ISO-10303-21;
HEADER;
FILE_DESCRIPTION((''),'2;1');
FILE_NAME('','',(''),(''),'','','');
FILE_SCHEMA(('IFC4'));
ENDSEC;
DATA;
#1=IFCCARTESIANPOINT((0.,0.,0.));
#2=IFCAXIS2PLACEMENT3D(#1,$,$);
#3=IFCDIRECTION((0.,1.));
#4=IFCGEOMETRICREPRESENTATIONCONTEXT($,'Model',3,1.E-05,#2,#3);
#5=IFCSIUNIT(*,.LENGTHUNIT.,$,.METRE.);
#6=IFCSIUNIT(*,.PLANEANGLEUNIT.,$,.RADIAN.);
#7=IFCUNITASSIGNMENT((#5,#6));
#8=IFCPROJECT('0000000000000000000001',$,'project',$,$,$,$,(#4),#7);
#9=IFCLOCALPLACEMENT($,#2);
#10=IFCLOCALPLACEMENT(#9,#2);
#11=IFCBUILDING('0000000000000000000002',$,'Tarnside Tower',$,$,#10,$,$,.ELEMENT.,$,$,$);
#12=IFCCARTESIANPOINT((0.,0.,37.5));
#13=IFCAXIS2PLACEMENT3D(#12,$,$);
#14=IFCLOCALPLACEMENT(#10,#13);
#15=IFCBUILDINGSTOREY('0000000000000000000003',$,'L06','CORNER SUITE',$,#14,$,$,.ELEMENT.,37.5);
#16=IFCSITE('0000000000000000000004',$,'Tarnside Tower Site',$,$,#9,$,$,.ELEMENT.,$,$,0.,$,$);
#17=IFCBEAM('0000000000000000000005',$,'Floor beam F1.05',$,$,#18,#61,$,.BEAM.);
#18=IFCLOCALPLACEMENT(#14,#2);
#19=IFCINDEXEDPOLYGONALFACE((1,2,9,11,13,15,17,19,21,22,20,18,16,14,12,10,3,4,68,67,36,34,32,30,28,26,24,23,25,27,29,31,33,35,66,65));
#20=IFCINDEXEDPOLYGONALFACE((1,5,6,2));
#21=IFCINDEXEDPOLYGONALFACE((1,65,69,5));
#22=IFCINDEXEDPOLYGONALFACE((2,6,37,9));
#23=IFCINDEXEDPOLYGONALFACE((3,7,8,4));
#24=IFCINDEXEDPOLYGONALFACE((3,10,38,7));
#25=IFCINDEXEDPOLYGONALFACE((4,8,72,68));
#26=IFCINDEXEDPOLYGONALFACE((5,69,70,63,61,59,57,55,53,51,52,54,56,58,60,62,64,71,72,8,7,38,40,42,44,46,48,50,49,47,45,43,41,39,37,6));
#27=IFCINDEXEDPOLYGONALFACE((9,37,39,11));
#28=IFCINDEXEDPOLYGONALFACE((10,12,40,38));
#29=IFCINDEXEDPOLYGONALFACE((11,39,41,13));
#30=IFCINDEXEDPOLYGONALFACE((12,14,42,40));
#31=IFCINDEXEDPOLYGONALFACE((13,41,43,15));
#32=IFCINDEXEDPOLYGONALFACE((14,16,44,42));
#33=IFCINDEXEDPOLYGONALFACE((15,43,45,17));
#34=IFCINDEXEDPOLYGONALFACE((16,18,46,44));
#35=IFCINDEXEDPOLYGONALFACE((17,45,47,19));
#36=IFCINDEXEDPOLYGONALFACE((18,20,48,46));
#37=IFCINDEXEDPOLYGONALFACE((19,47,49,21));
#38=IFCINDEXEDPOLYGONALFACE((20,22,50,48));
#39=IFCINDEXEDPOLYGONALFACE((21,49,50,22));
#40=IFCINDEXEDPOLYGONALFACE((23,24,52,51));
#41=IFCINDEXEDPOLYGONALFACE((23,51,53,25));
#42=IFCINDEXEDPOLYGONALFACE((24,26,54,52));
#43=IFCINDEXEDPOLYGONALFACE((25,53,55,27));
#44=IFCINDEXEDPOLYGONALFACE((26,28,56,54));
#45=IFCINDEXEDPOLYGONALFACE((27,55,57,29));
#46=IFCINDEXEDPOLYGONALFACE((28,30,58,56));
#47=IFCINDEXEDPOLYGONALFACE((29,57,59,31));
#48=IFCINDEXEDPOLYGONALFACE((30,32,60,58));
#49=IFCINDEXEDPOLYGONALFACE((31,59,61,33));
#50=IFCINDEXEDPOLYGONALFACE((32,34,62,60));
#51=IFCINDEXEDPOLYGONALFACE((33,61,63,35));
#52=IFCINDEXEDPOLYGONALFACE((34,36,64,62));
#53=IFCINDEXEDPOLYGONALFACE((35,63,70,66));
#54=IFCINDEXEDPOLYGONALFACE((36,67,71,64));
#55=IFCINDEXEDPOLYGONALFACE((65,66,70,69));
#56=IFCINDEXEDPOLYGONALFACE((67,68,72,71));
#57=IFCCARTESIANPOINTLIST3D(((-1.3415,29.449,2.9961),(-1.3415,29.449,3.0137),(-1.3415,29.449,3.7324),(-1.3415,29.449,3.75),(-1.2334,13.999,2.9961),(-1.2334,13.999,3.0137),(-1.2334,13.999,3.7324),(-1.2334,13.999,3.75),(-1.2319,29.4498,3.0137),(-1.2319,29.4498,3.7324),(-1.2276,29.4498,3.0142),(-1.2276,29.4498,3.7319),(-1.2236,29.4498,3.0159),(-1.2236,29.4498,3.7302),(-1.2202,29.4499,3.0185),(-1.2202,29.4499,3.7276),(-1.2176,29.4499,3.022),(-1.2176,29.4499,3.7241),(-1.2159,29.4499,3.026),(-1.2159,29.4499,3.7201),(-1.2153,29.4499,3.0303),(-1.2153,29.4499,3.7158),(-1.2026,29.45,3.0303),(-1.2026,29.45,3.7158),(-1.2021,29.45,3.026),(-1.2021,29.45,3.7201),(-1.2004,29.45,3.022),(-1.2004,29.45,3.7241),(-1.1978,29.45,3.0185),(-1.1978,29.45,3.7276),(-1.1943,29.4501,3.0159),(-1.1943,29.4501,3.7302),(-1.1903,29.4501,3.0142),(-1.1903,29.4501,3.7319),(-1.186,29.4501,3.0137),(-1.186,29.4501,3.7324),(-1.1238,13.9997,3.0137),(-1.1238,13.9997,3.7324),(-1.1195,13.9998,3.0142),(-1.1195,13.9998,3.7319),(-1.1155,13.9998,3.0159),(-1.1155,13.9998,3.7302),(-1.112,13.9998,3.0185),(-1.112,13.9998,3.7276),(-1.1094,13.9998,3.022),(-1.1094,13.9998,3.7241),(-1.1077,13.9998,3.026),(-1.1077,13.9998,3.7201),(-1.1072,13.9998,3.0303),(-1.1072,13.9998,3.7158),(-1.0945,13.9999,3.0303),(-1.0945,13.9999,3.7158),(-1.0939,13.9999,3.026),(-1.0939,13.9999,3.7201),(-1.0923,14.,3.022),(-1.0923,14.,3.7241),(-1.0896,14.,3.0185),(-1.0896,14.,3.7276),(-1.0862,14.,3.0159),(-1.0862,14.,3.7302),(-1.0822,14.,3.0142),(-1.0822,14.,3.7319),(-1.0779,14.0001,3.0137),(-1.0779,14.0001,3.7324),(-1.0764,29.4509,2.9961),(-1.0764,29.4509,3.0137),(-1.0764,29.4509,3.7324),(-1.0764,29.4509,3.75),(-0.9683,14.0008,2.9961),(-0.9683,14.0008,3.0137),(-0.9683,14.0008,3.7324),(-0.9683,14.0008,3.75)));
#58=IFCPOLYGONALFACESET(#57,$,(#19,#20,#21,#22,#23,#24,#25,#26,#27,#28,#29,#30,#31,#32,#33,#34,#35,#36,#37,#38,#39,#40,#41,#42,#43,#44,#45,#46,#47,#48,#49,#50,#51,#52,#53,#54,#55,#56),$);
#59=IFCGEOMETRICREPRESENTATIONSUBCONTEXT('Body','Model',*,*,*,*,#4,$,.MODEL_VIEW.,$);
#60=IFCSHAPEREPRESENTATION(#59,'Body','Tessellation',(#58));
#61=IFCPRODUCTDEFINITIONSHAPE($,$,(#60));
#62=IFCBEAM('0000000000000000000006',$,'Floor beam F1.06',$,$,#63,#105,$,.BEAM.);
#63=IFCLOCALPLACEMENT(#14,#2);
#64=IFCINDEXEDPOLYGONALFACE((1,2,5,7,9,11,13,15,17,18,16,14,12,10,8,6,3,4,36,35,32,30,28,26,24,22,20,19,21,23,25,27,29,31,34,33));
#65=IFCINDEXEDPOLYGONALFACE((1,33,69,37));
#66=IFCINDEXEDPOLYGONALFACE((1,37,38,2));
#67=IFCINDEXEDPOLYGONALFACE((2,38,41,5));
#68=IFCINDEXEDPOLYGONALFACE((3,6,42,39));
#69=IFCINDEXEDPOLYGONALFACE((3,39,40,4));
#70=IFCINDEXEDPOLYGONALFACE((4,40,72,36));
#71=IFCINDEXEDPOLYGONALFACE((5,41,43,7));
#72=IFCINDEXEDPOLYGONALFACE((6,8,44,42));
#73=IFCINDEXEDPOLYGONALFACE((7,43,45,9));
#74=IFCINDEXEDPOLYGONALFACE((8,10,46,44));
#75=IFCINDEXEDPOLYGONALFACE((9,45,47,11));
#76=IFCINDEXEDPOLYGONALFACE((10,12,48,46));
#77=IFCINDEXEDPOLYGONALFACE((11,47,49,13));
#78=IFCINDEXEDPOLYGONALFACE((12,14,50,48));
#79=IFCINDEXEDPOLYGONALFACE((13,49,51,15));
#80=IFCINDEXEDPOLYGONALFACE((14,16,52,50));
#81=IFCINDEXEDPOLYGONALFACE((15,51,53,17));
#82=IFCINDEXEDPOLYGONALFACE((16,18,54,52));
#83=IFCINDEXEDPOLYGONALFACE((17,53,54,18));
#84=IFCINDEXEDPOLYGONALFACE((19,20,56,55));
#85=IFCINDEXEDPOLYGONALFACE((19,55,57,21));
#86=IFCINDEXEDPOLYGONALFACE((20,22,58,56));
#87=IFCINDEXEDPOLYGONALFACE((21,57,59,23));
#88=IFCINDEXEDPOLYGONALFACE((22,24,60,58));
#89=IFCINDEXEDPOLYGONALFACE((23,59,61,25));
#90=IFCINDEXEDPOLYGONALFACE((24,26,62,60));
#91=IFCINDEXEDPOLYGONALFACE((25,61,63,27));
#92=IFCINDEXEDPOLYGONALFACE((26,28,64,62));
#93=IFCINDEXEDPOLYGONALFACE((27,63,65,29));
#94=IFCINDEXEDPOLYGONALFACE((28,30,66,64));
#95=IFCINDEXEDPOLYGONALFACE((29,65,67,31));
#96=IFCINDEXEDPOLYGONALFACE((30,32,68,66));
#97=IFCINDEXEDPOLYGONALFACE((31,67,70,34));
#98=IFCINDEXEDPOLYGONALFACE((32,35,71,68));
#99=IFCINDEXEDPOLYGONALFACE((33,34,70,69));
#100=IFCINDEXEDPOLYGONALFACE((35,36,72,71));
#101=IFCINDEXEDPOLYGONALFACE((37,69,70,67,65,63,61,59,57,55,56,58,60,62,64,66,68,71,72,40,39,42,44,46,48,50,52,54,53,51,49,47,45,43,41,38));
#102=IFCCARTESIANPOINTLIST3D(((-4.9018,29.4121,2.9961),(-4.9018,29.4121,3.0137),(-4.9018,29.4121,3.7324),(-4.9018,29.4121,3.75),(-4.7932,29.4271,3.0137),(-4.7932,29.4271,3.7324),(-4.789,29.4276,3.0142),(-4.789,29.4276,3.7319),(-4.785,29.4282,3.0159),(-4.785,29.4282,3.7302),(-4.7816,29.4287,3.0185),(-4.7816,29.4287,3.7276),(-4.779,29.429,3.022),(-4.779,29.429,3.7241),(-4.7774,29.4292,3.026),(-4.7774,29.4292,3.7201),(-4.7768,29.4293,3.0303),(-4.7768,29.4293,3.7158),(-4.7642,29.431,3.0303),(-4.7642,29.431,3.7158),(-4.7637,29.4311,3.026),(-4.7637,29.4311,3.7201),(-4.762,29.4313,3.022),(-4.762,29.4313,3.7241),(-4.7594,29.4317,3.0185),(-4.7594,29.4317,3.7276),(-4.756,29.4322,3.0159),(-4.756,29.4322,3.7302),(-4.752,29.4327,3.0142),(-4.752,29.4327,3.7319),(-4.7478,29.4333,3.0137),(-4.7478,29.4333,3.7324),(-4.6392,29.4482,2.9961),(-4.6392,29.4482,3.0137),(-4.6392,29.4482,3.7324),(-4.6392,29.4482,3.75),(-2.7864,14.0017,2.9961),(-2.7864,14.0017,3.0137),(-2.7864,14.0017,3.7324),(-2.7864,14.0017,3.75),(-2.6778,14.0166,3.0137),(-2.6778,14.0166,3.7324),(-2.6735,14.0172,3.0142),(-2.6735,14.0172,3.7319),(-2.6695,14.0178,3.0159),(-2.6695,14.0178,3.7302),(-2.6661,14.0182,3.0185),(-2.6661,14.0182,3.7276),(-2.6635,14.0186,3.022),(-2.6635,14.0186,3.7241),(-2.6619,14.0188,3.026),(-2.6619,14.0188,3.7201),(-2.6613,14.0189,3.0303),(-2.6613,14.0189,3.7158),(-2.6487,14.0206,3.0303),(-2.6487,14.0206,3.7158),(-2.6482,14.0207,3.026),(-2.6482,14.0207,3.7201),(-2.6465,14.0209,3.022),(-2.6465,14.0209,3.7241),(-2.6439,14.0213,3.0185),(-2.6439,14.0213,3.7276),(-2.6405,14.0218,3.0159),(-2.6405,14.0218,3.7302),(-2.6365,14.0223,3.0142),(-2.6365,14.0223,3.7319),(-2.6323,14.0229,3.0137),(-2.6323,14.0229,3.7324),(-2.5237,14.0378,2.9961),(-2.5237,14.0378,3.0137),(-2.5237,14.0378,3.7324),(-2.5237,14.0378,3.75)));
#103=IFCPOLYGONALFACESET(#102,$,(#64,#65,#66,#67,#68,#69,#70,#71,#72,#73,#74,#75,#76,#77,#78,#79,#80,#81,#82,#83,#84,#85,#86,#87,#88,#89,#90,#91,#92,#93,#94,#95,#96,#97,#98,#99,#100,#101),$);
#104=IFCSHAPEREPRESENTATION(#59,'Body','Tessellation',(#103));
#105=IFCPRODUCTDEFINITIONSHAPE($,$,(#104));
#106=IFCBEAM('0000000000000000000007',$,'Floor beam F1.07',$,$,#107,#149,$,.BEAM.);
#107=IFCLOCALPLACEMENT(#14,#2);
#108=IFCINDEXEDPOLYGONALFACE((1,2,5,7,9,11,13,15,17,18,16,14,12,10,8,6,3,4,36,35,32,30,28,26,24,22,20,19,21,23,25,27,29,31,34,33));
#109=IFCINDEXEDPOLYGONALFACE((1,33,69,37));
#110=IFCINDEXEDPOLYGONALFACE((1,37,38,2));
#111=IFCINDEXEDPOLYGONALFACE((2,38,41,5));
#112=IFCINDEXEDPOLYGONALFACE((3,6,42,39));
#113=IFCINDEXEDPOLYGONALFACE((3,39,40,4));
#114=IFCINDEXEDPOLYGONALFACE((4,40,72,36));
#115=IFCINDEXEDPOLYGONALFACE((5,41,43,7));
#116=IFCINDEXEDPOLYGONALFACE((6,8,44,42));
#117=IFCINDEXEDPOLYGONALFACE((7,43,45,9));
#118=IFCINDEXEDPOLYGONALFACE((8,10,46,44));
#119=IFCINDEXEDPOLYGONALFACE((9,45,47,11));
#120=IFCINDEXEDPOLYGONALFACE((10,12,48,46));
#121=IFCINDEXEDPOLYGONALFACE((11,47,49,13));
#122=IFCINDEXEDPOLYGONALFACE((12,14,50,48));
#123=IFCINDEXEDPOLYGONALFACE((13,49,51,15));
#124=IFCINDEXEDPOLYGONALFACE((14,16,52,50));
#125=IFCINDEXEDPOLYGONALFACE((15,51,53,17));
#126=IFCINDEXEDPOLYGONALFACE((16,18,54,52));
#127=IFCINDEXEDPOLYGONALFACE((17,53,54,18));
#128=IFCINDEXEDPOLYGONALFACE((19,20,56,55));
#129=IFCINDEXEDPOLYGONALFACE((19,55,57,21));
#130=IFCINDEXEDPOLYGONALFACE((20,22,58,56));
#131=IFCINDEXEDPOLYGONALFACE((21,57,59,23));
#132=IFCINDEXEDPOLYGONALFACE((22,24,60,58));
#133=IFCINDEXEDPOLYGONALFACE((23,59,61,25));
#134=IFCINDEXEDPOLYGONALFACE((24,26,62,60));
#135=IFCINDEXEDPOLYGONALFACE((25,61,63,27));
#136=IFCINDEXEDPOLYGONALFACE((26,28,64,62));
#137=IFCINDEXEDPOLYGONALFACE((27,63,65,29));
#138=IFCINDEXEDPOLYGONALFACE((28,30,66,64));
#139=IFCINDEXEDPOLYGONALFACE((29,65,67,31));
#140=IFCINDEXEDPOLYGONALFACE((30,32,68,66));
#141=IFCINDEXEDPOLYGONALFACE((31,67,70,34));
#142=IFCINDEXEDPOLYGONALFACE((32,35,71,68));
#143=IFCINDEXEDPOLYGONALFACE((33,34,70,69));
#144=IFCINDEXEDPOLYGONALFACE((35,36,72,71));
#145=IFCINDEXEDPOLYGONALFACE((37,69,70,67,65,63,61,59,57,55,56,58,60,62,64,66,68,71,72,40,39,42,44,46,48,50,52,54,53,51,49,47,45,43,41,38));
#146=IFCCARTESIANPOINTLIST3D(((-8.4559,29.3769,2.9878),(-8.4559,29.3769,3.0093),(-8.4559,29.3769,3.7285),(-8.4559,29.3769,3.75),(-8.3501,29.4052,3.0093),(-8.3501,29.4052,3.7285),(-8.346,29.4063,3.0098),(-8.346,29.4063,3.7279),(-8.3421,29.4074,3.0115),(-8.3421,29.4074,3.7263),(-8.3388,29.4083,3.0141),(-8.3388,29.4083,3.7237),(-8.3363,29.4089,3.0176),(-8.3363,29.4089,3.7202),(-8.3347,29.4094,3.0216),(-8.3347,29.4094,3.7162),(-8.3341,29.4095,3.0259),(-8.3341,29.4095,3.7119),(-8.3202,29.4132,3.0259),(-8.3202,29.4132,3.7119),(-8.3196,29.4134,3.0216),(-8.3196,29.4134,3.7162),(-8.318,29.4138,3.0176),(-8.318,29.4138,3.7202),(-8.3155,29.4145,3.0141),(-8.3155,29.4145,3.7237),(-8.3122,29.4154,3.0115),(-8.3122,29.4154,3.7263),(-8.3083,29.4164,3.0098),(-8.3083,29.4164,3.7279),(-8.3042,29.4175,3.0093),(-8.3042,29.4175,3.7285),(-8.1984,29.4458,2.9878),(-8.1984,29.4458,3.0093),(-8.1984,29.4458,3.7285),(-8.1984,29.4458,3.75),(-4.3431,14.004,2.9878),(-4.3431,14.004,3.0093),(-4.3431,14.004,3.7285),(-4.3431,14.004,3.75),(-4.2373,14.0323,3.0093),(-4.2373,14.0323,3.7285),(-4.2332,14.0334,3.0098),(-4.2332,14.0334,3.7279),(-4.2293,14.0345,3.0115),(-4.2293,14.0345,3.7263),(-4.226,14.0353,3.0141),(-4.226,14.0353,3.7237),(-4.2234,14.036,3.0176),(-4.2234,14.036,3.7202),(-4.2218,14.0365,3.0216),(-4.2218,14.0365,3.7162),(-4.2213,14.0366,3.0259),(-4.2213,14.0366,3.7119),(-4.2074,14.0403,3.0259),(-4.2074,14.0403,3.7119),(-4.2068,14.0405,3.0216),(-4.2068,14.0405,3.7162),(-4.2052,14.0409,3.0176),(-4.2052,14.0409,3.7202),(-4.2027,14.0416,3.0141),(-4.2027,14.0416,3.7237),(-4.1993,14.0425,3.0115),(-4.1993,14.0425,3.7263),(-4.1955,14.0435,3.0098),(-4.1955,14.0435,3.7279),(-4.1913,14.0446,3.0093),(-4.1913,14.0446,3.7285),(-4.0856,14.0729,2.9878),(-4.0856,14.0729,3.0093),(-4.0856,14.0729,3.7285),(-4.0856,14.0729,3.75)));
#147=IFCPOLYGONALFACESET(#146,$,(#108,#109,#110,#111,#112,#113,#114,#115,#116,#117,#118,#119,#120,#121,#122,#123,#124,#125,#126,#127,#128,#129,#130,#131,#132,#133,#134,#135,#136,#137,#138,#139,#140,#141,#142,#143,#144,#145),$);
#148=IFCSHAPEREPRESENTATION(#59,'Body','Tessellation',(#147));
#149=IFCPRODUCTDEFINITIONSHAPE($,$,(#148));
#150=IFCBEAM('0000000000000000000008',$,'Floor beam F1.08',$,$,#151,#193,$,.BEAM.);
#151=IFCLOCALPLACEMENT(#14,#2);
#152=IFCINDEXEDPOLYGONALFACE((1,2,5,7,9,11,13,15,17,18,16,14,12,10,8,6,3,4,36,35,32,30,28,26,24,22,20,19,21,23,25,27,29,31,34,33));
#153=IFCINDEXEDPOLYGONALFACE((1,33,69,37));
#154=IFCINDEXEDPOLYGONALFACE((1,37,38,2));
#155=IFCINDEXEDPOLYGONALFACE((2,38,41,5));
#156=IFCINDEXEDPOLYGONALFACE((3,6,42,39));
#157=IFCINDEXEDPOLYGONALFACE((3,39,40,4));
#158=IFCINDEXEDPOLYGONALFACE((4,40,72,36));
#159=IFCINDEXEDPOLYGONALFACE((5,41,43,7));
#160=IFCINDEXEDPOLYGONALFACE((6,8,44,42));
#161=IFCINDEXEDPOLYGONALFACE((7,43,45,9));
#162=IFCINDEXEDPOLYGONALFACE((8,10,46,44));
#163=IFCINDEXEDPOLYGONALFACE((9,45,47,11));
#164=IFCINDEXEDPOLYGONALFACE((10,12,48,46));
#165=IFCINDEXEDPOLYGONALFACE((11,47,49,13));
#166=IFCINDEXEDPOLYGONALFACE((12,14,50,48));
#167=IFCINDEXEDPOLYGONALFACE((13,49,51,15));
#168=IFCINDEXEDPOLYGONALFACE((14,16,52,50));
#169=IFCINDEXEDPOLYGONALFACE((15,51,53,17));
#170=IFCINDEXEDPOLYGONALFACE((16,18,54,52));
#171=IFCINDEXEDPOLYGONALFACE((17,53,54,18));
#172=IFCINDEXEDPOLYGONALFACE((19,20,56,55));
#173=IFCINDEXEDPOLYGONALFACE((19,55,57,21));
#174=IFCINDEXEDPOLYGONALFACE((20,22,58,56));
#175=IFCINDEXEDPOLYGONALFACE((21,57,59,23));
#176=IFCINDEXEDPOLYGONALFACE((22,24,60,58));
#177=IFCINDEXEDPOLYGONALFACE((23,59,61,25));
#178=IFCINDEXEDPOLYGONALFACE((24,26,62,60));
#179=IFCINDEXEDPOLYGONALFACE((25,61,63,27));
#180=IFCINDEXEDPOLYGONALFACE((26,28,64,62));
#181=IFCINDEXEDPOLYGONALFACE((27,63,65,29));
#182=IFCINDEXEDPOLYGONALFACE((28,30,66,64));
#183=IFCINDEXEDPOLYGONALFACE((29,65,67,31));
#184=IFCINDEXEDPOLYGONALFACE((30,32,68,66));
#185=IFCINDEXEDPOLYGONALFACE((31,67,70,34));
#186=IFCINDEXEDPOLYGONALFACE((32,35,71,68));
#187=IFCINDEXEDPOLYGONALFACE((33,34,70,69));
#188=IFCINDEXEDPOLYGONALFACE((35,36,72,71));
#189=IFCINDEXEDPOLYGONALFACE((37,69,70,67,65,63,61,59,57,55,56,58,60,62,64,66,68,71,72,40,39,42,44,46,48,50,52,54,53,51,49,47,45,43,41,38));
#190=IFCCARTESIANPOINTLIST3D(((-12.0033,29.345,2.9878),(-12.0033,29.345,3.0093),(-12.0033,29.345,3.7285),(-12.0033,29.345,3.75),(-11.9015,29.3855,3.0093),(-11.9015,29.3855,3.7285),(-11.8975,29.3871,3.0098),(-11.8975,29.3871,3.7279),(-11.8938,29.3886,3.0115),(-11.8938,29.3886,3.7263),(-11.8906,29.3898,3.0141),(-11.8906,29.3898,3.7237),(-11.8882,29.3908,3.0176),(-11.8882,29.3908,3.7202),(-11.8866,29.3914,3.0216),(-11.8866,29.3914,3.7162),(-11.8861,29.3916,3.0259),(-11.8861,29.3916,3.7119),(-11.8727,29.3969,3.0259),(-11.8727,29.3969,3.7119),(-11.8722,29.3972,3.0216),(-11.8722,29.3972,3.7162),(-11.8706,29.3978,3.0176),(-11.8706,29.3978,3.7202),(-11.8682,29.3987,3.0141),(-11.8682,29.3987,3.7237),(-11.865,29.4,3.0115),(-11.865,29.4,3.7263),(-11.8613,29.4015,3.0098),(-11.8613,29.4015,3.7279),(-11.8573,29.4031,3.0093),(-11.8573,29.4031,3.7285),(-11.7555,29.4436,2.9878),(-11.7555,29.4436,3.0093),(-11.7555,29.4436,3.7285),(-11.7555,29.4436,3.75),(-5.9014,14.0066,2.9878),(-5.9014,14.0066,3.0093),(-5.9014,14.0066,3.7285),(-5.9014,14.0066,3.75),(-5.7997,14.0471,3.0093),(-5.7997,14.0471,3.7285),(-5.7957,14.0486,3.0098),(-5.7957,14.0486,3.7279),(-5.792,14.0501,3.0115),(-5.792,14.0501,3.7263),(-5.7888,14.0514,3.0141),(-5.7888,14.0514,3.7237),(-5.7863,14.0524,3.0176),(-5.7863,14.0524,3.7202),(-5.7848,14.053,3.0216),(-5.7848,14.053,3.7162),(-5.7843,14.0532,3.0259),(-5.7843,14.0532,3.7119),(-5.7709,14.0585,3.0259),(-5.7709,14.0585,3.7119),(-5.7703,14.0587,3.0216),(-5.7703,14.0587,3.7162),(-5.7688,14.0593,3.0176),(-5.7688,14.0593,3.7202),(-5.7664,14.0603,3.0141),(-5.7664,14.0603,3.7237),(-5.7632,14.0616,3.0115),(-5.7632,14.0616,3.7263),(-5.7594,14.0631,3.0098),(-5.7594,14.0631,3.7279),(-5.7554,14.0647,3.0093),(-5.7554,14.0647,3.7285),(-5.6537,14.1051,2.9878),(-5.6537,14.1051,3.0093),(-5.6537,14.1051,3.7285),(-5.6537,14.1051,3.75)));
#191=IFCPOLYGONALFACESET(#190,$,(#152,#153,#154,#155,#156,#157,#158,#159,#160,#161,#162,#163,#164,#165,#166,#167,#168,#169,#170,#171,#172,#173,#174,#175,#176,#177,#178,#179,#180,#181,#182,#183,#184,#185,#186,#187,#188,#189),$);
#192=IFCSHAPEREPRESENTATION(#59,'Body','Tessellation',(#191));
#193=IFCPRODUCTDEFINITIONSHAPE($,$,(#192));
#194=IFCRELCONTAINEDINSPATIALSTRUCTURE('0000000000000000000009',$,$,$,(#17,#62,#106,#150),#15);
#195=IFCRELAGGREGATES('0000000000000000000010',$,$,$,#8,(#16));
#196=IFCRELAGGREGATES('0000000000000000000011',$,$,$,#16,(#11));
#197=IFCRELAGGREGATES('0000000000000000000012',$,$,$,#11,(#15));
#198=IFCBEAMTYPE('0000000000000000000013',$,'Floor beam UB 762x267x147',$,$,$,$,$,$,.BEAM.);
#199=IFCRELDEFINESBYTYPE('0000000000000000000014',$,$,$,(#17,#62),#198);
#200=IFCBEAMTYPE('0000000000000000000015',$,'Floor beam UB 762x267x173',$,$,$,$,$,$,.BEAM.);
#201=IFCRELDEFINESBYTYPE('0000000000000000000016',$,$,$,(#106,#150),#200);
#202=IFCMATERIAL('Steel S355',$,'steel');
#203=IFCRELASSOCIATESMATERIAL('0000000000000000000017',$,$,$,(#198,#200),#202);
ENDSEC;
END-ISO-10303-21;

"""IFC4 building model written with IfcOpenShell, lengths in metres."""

from ifc_helpers import new_model, si_unit, direction, frame, origin, origin_2d, place, context, subcontext, project, spatial, i_section, extrude, material, material_profile, profile_set, type_object, element, save


model = new_model("IFC4")

# Units and contexts
model_context = context("Model", 3, precision=1e-05, world=origin(), true_north=direction((0.0, 1.0)))
body_context = subcontext(model_context, "Body", "Model", "MODEL_VIEW")
ifc_project = project(units=[si_unit("LENGTHUNIT", "METRE"), si_unit("PLANEANGLEUNIT", "RADIAN")], contexts=[model_context])

# Site, building, storey
site_placement = place(None, origin())
site = spatial("IfcSite", under=ifc_project, at=site_placement, Name="Tarnside Tower Site", CompositionType="ELEMENT", RefElevation=0.0)
building_placement = place(site_placement, origin())
building = spatial("IfcBuilding", under=site, at=building_placement, Name="Tarnside Tower", CompositionType="ELEMENT")
storey_placement = place(building_placement, frame((0.0, 0.0, 37.5)))
storey = spatial("IfcBuildingStorey", under=building, at=storey_placement, Name="L06", Description="CORNER SUITE", CompositionType="ELEMENT", Elevation=37.5)

# Beams
ifc_material_1 = material(Name="Steel S355", Category="steel")
ifc_material_profile_1 = material_profile(ifc_material_1, i_section(OverallWidth=0.2651, OverallDepth=0.7539, WebThickness=0.0127, FlangeThickness=0.0176, FilletRadius=0.0166, at=origin_2d()), Name="UB 762x267x147")
ifc_profile_set_1 = profile_set([ifc_material_profile_1], Name="Steel S355")
beam_type_1 = type_object("IfcBeamType", Name="Floor beam UB 762x267x147", PredefinedType="BEAM", material=ifc_profile_set_1)
beam_1_placement = place(storey_placement, frame((-1.209, 29.45, 3.373), z_axis=(0.007, -0.999975, 0.0), x_axis=(0.999975, 0.007, 0.0)))
element("IfcBeam", 1, at=beam_1_placement, inside=storey, type_object=beam_type_1, Name="Floor beam F1.05", PredefinedType="BEAM", context=body_context, shape_type="SweptSolid", body=[
    extrude(i_section(OverallWidth=0.2651, OverallDepth=0.7539, WebThickness=0.0127, FlangeThickness=0.0176, FilletRadius=0.0166, at=origin_2d()), origin(), (0.0, 0.0, 1.0), 15.4504),
])
beam_2_placement = place(storey_placement, frame((-4.7705, 29.4302, 3.373), z_axis=(0.136001, -0.990709, 0.0), x_axis=(0.990709, 0.136001, 0.0)))
element("IfcBeam", 2, at=beam_2_placement, inside=storey, type_object=beam_type_1, Name="Floor beam F1.06", PredefinedType="BEAM", context=body_context, shape_type="SweptSolid", body=[
    extrude(i_section(OverallWidth=0.2651, OverallDepth=0.7539, WebThickness=0.0127, FlangeThickness=0.0176, FilletRadius=0.0166, at=origin_2d()), origin(), (0.0, 0.0, 1.0), 15.5549),
])
ifc_material_profile_2 = material_profile(ifc_material_1, i_section(OverallWidth=0.2666, OverallDepth=0.7622, WebThickness=0.0144, FlangeThickness=0.0215, FilletRadius=0.0166, at=origin_2d()), Name="UB 762x267x173")
ifc_profile_set_2 = profile_set([ifc_material_profile_2], Name="Steel S355")
beam_type_2 = type_object("IfcBeamType", Name="Floor beam UB 762x267x173", PredefinedType="BEAM", material=ifc_profile_set_2)
beam_3_placement = place(storey_placement, frame((-8.3271, 29.4114, 3.3689), z_axis=(0.258447, -0.966025, 0.0), x_axis=(0.966025, 0.258447, 0.0)))
element("IfcBeam", 3, at=beam_3_placement, inside=storey, type_object=beam_type_2, Name="Floor beam F1.07", PredefinedType="BEAM", context=body_context, shape_type="SweptSolid", body=[
    extrude(i_section(OverallWidth=0.2666, OverallDepth=0.7622, WebThickness=0.0144, FlangeThickness=0.0215, FilletRadius=0.0166, at=origin_2d()), origin(), (0.0, 0.0, 1.0), 15.9136),
])
beam_4_placement = place(storey_placement, frame((-11.8794, 29.3943, 3.3689), z_axis=(0.369638, -0.929176, 0.0), x_axis=(0.929176, 0.369638, 0.0)))
element("IfcBeam", 4, at=beam_4_placement, inside=storey, type_object=beam_type_2, Name="Floor beam F1.08", PredefinedType="BEAM", context=body_context, shape_type="SweptSolid", body=[
    extrude(i_section(OverallWidth=0.2666, OverallDepth=0.7622, WebThickness=0.0144, FlangeThickness=0.0215, FilletRadius=0.0166, at=origin_2d()), origin(), (0.0, 0.0, 1.0), 16.5076),
])

save(model, "model.ifc")
